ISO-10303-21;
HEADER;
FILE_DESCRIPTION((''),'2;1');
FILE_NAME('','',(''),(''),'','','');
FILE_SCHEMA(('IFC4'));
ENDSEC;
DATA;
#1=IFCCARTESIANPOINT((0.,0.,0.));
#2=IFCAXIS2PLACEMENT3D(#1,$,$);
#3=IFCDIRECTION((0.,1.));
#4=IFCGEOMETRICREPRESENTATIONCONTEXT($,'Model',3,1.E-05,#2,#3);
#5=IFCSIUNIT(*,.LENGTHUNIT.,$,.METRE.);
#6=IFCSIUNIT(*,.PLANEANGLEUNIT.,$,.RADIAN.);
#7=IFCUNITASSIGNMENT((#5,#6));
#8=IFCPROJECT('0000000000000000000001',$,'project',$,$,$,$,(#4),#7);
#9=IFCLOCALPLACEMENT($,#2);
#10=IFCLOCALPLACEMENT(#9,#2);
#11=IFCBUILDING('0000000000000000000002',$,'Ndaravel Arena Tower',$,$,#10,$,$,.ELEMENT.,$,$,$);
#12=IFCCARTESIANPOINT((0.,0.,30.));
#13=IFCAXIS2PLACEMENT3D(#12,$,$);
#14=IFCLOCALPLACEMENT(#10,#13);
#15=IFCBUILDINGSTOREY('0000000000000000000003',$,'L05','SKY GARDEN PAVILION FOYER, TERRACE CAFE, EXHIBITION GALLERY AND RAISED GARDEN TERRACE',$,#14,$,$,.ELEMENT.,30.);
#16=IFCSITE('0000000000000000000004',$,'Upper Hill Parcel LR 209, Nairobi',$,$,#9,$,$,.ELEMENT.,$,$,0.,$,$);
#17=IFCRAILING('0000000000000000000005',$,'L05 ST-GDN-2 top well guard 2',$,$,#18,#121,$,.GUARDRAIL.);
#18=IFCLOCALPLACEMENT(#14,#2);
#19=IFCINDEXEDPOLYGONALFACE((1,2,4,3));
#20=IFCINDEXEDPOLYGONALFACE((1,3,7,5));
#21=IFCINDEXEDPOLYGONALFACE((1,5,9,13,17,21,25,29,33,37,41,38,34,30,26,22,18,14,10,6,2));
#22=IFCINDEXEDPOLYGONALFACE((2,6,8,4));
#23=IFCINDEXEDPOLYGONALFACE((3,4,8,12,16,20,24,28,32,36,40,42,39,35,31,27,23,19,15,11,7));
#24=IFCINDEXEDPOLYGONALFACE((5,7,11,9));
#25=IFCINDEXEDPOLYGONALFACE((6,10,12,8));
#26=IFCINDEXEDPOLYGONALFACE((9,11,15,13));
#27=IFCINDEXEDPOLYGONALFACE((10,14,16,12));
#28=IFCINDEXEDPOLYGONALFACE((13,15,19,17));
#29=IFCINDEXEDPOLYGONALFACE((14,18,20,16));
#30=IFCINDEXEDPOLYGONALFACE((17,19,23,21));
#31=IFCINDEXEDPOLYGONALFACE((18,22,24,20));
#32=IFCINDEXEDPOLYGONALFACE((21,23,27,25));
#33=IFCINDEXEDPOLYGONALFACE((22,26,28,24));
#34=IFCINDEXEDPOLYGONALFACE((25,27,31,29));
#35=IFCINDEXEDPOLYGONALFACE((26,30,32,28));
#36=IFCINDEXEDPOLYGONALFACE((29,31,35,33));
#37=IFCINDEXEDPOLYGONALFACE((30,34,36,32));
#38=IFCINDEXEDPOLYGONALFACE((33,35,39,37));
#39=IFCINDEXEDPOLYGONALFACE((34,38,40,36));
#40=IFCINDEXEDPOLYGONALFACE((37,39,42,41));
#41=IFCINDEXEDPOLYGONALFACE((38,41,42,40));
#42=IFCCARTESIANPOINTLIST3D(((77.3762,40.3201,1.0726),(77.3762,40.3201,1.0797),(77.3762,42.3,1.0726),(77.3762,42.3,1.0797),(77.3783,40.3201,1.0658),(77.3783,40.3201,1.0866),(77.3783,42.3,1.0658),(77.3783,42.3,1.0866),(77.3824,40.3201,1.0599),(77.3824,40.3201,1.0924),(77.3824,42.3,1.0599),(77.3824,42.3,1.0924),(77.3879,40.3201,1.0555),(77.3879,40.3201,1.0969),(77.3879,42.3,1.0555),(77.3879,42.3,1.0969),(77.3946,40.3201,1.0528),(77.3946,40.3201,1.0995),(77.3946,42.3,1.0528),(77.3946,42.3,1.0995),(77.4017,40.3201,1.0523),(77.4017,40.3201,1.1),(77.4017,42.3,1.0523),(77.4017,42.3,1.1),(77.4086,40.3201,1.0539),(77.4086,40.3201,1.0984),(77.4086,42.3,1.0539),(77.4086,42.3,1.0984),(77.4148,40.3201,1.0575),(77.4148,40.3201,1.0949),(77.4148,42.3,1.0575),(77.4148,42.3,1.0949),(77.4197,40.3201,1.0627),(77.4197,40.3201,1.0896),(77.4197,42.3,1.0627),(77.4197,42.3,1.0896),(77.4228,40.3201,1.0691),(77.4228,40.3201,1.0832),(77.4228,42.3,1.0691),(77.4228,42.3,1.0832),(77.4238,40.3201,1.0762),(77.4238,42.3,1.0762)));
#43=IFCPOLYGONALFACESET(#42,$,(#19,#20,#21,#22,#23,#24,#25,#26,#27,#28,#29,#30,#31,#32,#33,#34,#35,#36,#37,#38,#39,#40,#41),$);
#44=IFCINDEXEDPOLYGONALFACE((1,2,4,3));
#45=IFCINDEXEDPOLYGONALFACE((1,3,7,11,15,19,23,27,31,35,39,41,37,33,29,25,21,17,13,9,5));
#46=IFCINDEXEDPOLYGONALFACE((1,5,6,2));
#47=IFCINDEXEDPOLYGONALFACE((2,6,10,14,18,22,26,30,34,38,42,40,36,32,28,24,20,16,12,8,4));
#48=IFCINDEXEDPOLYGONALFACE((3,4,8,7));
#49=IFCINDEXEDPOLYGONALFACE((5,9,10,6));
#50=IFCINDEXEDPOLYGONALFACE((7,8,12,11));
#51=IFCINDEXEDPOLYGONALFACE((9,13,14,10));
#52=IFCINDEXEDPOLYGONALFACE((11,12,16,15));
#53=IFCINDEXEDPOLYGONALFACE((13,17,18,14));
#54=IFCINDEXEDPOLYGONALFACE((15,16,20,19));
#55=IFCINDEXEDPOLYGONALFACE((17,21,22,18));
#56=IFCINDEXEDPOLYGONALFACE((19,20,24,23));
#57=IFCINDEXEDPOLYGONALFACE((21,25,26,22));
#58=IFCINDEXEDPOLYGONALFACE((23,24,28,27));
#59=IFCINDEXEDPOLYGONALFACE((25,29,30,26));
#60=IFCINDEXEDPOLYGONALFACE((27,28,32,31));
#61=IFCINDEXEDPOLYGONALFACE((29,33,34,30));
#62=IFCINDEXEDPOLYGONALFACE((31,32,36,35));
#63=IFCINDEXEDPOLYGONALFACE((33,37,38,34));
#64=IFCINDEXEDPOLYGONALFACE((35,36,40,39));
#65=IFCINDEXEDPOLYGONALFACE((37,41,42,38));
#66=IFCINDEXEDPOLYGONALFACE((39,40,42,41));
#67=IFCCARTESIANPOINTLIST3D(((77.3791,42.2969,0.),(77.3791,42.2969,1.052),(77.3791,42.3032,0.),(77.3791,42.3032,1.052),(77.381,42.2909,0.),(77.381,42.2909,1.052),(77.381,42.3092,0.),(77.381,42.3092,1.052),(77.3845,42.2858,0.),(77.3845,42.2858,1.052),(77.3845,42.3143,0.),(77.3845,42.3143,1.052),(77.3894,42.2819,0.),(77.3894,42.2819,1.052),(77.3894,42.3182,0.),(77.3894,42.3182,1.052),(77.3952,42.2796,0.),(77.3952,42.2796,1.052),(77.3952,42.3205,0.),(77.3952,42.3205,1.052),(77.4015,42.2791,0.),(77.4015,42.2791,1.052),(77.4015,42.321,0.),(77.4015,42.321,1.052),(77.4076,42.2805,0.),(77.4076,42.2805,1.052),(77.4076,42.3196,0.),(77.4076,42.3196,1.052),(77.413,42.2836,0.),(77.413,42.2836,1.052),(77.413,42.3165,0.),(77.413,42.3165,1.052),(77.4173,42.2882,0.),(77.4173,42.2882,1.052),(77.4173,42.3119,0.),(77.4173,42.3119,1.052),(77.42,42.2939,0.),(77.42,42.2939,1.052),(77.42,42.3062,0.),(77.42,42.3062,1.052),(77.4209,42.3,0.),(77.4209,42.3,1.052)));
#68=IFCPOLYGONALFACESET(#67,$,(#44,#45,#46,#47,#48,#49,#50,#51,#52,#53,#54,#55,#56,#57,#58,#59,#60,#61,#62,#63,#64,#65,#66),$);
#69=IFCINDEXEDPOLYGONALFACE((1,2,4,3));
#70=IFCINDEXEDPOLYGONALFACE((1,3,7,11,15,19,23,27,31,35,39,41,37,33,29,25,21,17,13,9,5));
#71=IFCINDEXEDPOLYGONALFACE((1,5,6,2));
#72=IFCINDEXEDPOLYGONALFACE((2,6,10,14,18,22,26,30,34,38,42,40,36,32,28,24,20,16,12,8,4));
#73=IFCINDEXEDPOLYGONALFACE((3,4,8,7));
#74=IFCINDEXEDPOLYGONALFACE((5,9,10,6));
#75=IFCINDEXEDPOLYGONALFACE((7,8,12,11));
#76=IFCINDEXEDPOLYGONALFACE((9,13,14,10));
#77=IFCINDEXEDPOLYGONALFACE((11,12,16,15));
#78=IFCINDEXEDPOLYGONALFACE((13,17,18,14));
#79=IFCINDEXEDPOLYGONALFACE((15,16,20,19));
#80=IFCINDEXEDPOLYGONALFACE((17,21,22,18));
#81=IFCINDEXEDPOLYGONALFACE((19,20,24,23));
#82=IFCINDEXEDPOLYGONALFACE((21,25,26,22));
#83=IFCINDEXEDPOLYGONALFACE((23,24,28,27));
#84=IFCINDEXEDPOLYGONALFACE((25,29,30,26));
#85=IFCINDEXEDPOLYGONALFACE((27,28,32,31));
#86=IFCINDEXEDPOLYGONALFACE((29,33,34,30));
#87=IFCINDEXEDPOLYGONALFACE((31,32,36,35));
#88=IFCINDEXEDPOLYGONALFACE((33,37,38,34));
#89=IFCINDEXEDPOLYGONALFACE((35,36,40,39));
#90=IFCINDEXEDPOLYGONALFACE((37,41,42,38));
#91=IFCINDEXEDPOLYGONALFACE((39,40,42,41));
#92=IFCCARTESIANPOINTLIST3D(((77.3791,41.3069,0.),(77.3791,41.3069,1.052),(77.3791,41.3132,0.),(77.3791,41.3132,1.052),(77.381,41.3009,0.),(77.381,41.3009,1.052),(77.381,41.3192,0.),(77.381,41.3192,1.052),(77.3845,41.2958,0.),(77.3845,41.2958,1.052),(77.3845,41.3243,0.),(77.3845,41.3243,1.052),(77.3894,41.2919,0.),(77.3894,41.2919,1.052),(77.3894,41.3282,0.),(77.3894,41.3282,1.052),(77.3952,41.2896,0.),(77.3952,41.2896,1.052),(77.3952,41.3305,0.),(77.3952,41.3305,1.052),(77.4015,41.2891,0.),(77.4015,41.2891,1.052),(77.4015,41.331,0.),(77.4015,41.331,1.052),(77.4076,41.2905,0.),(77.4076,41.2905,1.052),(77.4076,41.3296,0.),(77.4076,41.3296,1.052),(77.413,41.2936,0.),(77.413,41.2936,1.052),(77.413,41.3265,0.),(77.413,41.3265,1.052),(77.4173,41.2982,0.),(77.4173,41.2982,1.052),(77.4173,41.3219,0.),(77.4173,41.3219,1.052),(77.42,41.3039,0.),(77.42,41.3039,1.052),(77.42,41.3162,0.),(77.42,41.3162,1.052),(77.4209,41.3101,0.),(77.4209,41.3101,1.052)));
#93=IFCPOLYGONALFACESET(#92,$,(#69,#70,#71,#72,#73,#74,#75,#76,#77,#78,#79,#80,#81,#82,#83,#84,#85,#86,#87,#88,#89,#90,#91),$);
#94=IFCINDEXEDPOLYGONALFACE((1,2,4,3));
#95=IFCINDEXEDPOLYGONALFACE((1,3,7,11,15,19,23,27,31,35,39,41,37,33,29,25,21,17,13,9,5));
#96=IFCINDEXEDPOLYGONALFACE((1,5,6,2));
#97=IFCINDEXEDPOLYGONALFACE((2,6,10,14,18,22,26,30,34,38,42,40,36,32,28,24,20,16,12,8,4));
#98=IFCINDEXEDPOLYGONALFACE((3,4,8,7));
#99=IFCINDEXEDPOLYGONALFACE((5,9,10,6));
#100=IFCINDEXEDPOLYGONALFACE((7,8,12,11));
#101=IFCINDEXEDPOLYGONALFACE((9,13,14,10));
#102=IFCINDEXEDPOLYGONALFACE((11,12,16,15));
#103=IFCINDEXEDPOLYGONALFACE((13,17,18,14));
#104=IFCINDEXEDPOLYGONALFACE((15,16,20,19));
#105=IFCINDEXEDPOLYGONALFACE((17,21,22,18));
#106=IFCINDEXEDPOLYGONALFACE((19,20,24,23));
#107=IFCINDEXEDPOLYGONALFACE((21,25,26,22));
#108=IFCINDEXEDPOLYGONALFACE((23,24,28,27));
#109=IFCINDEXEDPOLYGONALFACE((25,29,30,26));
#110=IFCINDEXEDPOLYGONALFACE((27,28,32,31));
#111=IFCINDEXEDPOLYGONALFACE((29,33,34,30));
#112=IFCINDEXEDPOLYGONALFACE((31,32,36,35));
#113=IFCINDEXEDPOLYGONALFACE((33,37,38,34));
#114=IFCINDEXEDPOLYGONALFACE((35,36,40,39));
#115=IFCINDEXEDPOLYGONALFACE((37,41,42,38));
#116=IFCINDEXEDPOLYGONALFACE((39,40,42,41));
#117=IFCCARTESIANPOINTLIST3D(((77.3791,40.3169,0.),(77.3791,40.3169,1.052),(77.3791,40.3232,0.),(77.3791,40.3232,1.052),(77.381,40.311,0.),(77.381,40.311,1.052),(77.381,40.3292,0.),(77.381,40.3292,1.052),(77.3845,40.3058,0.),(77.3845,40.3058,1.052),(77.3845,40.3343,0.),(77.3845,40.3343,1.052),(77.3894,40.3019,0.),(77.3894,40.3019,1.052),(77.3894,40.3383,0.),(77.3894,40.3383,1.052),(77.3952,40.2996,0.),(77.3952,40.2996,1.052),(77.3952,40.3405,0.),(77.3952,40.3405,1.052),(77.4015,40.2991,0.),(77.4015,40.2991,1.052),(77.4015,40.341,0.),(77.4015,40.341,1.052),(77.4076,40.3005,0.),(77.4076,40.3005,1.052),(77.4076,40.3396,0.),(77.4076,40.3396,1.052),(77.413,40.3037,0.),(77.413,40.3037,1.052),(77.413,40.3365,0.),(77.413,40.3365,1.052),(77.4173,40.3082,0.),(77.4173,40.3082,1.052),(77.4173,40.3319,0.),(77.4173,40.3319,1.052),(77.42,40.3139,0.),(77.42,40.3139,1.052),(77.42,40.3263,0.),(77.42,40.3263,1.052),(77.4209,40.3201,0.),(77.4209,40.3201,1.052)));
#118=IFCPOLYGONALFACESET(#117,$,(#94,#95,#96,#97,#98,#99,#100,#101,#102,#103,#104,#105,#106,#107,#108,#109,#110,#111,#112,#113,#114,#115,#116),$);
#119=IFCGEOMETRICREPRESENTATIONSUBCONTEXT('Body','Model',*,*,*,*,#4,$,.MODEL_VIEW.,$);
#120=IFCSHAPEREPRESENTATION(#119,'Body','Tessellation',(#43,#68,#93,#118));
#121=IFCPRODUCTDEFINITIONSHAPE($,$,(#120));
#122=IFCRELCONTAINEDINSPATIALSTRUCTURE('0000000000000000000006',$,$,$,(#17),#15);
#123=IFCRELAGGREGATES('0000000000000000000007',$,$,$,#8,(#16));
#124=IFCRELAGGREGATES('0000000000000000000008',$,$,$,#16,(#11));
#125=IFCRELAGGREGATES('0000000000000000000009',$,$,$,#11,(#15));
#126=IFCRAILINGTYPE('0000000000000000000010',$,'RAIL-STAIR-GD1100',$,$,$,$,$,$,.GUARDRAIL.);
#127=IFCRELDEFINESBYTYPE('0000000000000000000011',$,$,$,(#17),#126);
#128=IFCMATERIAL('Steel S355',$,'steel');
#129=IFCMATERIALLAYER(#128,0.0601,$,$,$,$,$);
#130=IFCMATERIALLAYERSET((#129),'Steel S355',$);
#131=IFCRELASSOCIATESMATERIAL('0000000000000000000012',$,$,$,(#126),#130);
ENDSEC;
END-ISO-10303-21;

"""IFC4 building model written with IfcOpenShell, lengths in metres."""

from ifc_helpers import new_model, si_unit, direction, frame, origin, origin_2d, place, context, subcontext, project, spatial, circle, extrude, material, layer, layer_set, type_object, element, save


model = new_model("IFC4")

# Units and contexts
model_context = context("Model", 3, precision=1e-05, world=origin(), true_north=direction((0.0, 1.0)))
body_context = subcontext(model_context, "Body", "Model", "MODEL_VIEW")
ifc_project = project(units=[si_unit("LENGTHUNIT", "METRE"), si_unit("PLANEANGLEUNIT", "RADIAN")], contexts=[model_context])

# Site, building, storey
site_placement = place(None, origin())
site = spatial("IfcSite", under=ifc_project, at=site_placement, Name="Upper Hill Parcel LR 209, Nairobi", CompositionType="ELEMENT", RefElevation=0.0)
building_placement = place(site_placement, origin())
building = spatial("IfcBuilding", under=site, at=building_placement, Name="Ndaravel Arena Tower", CompositionType="ELEMENT")
storey_placement = place(building_placement, frame((0.0, 0.0, 30.0)))
storey = spatial("IfcBuildingStorey", under=building, at=storey_placement, Name="L05", Description="SKY GARDEN PAVILION FOYER, TERRACE CAFE, EXHIBITION GALLERY AND RAISED GARDEN TERRACE", CompositionType="ELEMENT", Elevation=30.0)

# Railing
ifc_material_1 = material(Name="Steel S355", Category="steel")
ifc_layer_1 = layer(ifc_material_1, 0.0601)
ifc_layer_set_1 = layer_set([ifc_layer_1], Name="Steel S355")
railing_type_1 = type_object("IfcRailingType", Name="RAIL-STAIR-GD1100", PredefinedType="GUARDRAIL", material=ifc_layer_set_1)
for number, where, name in (
    (1, (77.3999, 42.3, 0.0), "L05 ST-GDN-2 top well guard 2"),
):
    element("IfcRailing", number, at=place(storey_placement, frame(where)), inside=storey, type_object=railing_type_1, Name=name, PredefinedType="GUARDRAIL", context=body_context, shape_type="SweptSolid", body=[
        extrude(circle(Radius=0.0239, at=origin_2d()), frame((0.0, 0.0, 1.0762), z_axis=(0.0, -1.0, 0.0), x_axis=(1.0, 0.0, 0.0)), (0.0, 0.0, 1.0), 1.98),
        extrude(circle(Radius=0.021, at=origin_2d()), origin(), (0.0, 0.0, 1.0), 1.052),
        extrude(circle(Radius=0.021, at=origin_2d()), frame((0.0, -0.99, 0.0)), (0.0, 0.0, 1.0), 1.052),
        extrude(circle(Radius=0.021, at=origin_2d()), frame((0.0, -1.98, 0.0)), (0.0, 0.0, 1.0), 1.052),
    ])

save(model, "model.ifc")
